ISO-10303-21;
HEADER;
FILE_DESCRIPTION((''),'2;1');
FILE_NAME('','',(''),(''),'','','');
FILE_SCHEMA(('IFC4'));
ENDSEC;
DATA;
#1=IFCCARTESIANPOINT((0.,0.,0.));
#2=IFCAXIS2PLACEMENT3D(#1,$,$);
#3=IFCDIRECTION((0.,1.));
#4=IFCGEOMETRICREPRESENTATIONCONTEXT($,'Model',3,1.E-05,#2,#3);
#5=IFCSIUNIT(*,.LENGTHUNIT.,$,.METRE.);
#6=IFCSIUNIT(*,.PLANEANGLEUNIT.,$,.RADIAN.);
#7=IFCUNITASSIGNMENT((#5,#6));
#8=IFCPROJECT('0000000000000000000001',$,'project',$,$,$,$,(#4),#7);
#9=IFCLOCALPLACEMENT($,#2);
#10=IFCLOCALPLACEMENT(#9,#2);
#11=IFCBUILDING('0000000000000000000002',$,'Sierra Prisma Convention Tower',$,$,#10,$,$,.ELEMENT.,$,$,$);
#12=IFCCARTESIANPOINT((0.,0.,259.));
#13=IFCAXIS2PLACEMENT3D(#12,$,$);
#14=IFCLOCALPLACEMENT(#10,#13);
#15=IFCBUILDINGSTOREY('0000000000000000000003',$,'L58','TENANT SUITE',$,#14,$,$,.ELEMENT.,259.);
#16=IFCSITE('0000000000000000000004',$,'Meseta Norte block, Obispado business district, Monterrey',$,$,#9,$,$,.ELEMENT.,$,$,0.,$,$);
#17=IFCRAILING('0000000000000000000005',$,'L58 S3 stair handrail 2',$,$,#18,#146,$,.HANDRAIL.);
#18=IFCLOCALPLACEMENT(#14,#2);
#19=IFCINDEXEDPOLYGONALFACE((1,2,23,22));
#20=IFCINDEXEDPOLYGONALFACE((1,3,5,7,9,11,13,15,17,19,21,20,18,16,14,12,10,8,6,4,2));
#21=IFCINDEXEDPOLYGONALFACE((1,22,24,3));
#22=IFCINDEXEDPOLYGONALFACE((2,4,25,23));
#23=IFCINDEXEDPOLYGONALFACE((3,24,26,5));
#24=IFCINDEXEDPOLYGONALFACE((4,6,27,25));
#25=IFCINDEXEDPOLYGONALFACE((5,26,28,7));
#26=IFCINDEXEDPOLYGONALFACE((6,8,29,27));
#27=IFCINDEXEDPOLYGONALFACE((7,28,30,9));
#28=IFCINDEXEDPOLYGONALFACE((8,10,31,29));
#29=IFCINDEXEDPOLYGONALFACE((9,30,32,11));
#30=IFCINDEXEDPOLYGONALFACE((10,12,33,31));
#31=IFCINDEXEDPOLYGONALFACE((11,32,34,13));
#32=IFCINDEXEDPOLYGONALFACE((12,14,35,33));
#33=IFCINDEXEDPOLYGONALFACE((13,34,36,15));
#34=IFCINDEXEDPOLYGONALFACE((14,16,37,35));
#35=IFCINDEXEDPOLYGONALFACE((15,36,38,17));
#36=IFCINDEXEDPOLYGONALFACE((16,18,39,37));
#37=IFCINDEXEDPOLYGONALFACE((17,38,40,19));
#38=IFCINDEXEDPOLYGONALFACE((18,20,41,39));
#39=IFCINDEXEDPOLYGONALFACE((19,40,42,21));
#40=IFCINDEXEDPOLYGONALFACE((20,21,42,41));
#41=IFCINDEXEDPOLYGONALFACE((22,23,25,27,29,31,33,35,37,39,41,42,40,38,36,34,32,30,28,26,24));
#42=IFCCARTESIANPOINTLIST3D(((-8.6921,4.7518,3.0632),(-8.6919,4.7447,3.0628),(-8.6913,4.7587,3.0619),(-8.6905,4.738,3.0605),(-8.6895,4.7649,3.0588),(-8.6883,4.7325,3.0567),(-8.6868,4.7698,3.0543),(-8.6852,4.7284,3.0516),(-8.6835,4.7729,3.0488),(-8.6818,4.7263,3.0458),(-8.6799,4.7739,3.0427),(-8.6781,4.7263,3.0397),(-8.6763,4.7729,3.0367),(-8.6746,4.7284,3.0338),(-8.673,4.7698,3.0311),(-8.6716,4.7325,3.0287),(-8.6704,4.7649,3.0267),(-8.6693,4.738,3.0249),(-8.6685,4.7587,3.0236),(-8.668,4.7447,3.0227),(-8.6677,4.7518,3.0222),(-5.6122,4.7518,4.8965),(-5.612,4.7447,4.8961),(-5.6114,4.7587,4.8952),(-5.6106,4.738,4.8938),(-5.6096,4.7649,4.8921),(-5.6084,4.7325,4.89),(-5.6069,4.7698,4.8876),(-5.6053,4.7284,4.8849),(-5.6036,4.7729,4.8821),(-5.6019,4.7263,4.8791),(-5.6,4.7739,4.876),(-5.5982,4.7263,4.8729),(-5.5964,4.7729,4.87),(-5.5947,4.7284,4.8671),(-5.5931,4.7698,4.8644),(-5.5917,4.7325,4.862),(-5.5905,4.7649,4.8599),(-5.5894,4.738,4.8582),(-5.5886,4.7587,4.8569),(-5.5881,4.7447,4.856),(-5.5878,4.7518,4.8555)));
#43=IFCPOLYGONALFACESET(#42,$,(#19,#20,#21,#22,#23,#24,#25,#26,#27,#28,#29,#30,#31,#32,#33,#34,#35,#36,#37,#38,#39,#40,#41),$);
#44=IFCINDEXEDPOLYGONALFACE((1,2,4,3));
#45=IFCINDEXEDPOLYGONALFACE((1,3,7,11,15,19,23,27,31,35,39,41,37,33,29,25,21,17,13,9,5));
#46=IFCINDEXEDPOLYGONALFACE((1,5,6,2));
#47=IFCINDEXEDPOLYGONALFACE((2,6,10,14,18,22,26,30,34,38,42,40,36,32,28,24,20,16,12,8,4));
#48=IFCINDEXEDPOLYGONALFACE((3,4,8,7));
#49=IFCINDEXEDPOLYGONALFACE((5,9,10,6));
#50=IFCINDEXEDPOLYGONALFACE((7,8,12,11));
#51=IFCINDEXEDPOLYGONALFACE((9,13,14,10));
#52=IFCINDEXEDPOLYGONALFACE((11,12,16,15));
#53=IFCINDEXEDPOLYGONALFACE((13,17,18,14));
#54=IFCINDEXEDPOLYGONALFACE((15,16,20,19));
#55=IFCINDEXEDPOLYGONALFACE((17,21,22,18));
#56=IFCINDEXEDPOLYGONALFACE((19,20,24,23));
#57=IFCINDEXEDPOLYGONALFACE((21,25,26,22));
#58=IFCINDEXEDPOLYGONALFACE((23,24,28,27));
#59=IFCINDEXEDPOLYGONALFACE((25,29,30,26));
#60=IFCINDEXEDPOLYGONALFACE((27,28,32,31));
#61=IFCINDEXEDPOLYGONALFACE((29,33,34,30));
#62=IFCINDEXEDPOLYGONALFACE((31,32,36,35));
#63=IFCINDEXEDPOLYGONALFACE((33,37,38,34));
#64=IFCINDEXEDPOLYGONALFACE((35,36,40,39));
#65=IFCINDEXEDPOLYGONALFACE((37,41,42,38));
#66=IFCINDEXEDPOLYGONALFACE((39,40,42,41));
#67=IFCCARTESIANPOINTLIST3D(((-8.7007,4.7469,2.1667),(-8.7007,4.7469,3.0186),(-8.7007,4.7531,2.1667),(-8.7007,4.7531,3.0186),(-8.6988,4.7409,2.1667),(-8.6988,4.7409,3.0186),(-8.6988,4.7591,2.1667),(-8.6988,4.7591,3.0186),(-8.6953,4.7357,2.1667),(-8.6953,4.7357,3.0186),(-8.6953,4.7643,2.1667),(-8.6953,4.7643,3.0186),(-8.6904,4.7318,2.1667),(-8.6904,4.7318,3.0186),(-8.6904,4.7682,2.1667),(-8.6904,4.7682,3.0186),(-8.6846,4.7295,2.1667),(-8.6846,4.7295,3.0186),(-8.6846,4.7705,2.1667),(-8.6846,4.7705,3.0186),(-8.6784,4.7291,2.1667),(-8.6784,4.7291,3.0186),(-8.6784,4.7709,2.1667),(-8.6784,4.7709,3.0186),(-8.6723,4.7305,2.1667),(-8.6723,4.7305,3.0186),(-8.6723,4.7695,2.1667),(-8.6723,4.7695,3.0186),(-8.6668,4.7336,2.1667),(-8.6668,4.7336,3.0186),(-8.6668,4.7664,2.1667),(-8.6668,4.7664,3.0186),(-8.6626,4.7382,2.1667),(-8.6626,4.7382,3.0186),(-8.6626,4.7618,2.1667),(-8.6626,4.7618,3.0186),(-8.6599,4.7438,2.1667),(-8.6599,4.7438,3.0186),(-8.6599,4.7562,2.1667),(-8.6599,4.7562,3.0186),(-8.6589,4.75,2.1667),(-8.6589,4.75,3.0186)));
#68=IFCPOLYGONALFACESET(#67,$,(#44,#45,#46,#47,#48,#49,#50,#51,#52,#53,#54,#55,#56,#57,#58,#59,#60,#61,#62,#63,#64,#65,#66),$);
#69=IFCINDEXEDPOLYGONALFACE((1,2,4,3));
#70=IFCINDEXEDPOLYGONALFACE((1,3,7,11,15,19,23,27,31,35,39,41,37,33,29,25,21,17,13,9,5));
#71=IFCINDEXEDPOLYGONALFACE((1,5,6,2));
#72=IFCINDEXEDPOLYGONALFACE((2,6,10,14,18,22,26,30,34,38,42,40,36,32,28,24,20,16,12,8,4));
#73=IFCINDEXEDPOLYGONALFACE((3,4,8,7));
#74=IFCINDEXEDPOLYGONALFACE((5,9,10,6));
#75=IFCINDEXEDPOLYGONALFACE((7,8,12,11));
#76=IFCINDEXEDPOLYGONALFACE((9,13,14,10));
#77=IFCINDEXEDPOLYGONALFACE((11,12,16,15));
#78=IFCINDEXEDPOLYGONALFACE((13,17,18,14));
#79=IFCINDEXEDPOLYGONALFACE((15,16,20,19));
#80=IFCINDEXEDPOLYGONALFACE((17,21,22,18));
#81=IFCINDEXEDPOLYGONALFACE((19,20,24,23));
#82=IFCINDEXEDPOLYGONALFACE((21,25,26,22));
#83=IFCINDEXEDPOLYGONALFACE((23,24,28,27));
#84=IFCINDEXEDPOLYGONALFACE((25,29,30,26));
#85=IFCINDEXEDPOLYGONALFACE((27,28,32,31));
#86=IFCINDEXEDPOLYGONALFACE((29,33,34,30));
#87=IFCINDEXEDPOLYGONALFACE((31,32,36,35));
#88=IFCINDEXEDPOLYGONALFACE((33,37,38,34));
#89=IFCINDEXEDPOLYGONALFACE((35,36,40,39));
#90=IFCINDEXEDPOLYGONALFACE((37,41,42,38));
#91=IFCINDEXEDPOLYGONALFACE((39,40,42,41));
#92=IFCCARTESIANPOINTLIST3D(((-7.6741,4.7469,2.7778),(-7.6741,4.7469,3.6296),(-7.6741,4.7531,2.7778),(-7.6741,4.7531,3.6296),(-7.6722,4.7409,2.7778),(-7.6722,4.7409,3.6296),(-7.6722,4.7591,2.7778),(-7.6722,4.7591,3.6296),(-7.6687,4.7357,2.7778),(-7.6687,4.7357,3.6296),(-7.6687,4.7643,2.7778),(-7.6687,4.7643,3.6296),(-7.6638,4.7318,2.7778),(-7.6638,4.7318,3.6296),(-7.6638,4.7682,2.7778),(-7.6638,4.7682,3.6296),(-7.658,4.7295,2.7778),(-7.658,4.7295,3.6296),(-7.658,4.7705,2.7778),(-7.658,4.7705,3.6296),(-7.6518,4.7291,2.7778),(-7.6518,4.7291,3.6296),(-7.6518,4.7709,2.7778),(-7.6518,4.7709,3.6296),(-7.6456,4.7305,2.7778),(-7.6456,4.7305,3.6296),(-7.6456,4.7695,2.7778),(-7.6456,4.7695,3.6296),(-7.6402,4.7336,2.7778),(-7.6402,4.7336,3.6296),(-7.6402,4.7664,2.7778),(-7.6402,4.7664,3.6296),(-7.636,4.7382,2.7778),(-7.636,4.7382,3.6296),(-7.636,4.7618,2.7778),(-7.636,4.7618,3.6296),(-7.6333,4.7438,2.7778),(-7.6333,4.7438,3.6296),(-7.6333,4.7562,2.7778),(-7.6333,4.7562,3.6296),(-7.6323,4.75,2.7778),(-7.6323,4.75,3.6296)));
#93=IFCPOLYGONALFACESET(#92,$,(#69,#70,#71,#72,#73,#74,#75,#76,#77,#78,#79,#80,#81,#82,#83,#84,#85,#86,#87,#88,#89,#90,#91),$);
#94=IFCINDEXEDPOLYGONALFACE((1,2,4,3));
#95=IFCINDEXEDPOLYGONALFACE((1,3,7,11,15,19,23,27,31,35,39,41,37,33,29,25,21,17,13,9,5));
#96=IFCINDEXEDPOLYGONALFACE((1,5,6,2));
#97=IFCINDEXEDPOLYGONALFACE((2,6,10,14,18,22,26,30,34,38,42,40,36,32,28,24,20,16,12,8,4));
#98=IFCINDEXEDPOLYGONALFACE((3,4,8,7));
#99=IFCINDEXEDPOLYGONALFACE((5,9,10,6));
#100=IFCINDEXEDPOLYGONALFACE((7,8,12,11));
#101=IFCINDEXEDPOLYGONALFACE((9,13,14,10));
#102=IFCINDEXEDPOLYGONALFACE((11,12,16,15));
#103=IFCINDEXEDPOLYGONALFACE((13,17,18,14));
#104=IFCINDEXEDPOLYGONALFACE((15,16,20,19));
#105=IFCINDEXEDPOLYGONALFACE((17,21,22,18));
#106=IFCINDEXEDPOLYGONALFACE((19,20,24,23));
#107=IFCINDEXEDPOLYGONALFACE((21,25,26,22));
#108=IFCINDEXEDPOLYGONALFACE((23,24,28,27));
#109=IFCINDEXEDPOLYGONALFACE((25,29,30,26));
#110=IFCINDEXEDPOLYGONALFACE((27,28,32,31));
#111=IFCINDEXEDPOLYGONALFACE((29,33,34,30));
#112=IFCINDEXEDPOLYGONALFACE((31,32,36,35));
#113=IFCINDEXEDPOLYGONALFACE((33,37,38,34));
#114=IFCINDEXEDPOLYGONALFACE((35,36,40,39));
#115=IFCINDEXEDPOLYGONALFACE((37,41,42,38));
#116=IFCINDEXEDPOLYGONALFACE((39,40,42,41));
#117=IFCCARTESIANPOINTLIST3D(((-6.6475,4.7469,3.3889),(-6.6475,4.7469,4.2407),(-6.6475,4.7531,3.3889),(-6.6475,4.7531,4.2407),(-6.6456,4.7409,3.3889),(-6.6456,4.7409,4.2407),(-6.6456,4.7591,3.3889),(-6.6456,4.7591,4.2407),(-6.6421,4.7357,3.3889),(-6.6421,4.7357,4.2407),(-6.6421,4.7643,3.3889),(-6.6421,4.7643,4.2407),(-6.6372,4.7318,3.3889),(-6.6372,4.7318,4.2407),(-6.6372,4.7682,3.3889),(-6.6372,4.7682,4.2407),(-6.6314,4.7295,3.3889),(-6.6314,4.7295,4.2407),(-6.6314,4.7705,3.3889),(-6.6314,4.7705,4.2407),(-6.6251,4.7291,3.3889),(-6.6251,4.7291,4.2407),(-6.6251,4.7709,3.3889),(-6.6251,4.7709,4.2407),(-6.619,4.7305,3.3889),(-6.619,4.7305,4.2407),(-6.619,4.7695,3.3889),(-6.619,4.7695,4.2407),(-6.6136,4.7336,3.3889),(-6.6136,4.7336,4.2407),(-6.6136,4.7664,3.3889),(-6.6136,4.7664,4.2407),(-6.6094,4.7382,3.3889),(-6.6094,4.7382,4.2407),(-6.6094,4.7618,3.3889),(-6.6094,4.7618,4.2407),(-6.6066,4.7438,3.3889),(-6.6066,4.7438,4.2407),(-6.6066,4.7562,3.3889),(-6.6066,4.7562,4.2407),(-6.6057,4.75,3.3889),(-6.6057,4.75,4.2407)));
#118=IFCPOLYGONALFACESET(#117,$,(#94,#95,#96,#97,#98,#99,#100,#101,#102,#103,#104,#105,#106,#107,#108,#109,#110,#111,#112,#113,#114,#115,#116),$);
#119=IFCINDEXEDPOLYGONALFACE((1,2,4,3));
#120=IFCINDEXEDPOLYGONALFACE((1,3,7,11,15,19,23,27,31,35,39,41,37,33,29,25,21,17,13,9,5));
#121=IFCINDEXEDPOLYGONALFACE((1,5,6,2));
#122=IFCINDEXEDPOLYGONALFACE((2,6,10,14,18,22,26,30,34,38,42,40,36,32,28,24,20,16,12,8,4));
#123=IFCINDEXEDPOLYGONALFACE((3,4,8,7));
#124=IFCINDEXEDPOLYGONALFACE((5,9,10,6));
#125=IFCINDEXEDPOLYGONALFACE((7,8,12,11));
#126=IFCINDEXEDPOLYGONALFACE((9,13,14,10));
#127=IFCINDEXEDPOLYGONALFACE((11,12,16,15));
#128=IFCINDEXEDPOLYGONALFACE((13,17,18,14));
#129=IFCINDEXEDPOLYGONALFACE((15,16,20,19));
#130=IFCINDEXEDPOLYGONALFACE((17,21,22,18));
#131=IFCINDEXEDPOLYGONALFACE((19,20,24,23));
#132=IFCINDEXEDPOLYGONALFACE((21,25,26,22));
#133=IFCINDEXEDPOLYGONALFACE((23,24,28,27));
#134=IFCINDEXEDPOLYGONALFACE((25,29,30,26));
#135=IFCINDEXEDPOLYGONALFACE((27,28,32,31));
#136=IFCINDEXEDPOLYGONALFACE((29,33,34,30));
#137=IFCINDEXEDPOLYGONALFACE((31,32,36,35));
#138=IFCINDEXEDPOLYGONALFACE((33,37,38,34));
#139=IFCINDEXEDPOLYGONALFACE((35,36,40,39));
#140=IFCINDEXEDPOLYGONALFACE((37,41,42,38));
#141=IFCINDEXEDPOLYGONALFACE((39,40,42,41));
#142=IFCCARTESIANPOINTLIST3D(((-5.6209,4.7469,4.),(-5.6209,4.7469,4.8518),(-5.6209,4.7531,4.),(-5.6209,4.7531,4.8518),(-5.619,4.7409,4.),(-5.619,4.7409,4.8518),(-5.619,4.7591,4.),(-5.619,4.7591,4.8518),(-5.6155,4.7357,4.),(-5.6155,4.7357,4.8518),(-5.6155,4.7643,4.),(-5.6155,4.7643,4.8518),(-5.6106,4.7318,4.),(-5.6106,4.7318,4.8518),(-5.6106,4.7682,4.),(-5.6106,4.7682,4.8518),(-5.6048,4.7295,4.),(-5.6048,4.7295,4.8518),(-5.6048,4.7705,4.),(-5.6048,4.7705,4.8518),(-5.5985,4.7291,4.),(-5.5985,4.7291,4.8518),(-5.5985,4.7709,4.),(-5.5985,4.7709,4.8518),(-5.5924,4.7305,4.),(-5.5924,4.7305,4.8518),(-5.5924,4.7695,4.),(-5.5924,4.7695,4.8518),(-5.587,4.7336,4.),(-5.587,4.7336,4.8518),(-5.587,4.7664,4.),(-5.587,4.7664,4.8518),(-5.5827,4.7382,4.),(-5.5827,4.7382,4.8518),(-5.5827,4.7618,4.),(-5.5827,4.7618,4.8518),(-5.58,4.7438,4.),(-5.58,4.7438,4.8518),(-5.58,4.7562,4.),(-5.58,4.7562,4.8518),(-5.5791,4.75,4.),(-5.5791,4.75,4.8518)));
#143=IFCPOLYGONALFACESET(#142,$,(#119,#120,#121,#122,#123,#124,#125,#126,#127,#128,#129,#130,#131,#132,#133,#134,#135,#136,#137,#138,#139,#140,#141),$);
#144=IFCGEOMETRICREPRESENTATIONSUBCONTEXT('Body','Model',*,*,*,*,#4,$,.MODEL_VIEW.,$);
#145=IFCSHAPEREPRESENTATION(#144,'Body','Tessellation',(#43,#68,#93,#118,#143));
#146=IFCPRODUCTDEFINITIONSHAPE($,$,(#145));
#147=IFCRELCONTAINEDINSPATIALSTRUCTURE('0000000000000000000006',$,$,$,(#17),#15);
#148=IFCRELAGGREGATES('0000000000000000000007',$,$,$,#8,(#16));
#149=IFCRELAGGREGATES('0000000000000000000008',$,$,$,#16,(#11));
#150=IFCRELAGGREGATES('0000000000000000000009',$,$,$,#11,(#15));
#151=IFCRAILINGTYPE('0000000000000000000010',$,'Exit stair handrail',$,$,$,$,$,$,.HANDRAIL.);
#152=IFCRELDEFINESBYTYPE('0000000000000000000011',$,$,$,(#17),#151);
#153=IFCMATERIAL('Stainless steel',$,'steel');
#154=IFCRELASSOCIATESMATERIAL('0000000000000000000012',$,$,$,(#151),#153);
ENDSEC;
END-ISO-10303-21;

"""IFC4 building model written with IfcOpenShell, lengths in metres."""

from ifc_helpers import new_model, si_unit, direction, frame, origin, origin_2d, place, context, subcontext, project, spatial, circle, extrude, material, type_object, element, save


model = new_model("IFC4")

# Units and contexts
model_context = context("Model", 3, precision=1e-05, world=origin(), true_north=direction((0.0, 1.0)))
body_context = subcontext(model_context, "Body", "Model", "MODEL_VIEW")
ifc_project = project(units=[si_unit("LENGTHUNIT", "METRE"), si_unit("PLANEANGLEUNIT", "RADIAN")], contexts=[model_context])

# Site, building, storey
site_placement = place(None, origin())
site = spatial("IfcSite", under=ifc_project, at=site_placement, Name="Meseta Norte block, Obispado business district, Monterrey", CompositionType="ELEMENT", RefElevation=0.0)
building_placement = place(site_placement, origin())
building = spatial("IfcBuilding", under=site, at=building_placement, Name="Sierra Prisma Convention Tower", CompositionType="ELEMENT")
storey_placement = place(building_placement, frame((0.0, 0.0, 259.0)))
storey = spatial("IfcBuildingStorey", under=building, at=storey_placement, Name="L58", Description="TENANT SUITE", CompositionType="ELEMENT", Elevation=259.0)

# Railing
ifc_material_1 = material(Name="Stainless steel", Category="steel")
railing_type_1 = type_object("IfcRailingType", Name="Exit stair handrail", PredefinedType="HANDRAIL", material=ifc_material_1)
railing_1_placement = place(storey_placement, frame((-8.6799, 4.75, 2.1667)))
element("IfcRailing", 1, at=railing_1_placement, inside=storey, type_object=railing_type_1, Name="L58 S3 stair handrail 2", PredefinedType="HANDRAIL", context=body_context, shape_type="SweptSolid", body=[
    extrude(circle(Radius=0.0239, at=origin_2d()), frame((0.0, 0.0, 0.876), z_axis=(0.859291, 0.0, 0.511487), x_axis=(0.0, 1.0, 0.0)), (0.0, 0.0, 1.0), 3.5842),
    extrude(circle(Radius=0.021, at=origin_2d()), origin(), (0.0, 0.0, 1.0), 0.8518),
    extrude(circle(Radius=0.021, at=origin_2d()), frame((1.0266, 0.0, 0.6111)), (0.0, 0.0, 1.0), 0.8518),
    extrude(circle(Radius=0.021, at=origin_2d()), frame((2.0532, 0.0, 1.2222)), (0.0, 0.0, 1.0), 0.8518),
    extrude(circle(Radius=0.021, at=origin_2d()), frame((3.0798, 0.0, 1.8333)), (0.0, 0.0, 1.0), 0.8518),
])

save(model, "model.ifc")
